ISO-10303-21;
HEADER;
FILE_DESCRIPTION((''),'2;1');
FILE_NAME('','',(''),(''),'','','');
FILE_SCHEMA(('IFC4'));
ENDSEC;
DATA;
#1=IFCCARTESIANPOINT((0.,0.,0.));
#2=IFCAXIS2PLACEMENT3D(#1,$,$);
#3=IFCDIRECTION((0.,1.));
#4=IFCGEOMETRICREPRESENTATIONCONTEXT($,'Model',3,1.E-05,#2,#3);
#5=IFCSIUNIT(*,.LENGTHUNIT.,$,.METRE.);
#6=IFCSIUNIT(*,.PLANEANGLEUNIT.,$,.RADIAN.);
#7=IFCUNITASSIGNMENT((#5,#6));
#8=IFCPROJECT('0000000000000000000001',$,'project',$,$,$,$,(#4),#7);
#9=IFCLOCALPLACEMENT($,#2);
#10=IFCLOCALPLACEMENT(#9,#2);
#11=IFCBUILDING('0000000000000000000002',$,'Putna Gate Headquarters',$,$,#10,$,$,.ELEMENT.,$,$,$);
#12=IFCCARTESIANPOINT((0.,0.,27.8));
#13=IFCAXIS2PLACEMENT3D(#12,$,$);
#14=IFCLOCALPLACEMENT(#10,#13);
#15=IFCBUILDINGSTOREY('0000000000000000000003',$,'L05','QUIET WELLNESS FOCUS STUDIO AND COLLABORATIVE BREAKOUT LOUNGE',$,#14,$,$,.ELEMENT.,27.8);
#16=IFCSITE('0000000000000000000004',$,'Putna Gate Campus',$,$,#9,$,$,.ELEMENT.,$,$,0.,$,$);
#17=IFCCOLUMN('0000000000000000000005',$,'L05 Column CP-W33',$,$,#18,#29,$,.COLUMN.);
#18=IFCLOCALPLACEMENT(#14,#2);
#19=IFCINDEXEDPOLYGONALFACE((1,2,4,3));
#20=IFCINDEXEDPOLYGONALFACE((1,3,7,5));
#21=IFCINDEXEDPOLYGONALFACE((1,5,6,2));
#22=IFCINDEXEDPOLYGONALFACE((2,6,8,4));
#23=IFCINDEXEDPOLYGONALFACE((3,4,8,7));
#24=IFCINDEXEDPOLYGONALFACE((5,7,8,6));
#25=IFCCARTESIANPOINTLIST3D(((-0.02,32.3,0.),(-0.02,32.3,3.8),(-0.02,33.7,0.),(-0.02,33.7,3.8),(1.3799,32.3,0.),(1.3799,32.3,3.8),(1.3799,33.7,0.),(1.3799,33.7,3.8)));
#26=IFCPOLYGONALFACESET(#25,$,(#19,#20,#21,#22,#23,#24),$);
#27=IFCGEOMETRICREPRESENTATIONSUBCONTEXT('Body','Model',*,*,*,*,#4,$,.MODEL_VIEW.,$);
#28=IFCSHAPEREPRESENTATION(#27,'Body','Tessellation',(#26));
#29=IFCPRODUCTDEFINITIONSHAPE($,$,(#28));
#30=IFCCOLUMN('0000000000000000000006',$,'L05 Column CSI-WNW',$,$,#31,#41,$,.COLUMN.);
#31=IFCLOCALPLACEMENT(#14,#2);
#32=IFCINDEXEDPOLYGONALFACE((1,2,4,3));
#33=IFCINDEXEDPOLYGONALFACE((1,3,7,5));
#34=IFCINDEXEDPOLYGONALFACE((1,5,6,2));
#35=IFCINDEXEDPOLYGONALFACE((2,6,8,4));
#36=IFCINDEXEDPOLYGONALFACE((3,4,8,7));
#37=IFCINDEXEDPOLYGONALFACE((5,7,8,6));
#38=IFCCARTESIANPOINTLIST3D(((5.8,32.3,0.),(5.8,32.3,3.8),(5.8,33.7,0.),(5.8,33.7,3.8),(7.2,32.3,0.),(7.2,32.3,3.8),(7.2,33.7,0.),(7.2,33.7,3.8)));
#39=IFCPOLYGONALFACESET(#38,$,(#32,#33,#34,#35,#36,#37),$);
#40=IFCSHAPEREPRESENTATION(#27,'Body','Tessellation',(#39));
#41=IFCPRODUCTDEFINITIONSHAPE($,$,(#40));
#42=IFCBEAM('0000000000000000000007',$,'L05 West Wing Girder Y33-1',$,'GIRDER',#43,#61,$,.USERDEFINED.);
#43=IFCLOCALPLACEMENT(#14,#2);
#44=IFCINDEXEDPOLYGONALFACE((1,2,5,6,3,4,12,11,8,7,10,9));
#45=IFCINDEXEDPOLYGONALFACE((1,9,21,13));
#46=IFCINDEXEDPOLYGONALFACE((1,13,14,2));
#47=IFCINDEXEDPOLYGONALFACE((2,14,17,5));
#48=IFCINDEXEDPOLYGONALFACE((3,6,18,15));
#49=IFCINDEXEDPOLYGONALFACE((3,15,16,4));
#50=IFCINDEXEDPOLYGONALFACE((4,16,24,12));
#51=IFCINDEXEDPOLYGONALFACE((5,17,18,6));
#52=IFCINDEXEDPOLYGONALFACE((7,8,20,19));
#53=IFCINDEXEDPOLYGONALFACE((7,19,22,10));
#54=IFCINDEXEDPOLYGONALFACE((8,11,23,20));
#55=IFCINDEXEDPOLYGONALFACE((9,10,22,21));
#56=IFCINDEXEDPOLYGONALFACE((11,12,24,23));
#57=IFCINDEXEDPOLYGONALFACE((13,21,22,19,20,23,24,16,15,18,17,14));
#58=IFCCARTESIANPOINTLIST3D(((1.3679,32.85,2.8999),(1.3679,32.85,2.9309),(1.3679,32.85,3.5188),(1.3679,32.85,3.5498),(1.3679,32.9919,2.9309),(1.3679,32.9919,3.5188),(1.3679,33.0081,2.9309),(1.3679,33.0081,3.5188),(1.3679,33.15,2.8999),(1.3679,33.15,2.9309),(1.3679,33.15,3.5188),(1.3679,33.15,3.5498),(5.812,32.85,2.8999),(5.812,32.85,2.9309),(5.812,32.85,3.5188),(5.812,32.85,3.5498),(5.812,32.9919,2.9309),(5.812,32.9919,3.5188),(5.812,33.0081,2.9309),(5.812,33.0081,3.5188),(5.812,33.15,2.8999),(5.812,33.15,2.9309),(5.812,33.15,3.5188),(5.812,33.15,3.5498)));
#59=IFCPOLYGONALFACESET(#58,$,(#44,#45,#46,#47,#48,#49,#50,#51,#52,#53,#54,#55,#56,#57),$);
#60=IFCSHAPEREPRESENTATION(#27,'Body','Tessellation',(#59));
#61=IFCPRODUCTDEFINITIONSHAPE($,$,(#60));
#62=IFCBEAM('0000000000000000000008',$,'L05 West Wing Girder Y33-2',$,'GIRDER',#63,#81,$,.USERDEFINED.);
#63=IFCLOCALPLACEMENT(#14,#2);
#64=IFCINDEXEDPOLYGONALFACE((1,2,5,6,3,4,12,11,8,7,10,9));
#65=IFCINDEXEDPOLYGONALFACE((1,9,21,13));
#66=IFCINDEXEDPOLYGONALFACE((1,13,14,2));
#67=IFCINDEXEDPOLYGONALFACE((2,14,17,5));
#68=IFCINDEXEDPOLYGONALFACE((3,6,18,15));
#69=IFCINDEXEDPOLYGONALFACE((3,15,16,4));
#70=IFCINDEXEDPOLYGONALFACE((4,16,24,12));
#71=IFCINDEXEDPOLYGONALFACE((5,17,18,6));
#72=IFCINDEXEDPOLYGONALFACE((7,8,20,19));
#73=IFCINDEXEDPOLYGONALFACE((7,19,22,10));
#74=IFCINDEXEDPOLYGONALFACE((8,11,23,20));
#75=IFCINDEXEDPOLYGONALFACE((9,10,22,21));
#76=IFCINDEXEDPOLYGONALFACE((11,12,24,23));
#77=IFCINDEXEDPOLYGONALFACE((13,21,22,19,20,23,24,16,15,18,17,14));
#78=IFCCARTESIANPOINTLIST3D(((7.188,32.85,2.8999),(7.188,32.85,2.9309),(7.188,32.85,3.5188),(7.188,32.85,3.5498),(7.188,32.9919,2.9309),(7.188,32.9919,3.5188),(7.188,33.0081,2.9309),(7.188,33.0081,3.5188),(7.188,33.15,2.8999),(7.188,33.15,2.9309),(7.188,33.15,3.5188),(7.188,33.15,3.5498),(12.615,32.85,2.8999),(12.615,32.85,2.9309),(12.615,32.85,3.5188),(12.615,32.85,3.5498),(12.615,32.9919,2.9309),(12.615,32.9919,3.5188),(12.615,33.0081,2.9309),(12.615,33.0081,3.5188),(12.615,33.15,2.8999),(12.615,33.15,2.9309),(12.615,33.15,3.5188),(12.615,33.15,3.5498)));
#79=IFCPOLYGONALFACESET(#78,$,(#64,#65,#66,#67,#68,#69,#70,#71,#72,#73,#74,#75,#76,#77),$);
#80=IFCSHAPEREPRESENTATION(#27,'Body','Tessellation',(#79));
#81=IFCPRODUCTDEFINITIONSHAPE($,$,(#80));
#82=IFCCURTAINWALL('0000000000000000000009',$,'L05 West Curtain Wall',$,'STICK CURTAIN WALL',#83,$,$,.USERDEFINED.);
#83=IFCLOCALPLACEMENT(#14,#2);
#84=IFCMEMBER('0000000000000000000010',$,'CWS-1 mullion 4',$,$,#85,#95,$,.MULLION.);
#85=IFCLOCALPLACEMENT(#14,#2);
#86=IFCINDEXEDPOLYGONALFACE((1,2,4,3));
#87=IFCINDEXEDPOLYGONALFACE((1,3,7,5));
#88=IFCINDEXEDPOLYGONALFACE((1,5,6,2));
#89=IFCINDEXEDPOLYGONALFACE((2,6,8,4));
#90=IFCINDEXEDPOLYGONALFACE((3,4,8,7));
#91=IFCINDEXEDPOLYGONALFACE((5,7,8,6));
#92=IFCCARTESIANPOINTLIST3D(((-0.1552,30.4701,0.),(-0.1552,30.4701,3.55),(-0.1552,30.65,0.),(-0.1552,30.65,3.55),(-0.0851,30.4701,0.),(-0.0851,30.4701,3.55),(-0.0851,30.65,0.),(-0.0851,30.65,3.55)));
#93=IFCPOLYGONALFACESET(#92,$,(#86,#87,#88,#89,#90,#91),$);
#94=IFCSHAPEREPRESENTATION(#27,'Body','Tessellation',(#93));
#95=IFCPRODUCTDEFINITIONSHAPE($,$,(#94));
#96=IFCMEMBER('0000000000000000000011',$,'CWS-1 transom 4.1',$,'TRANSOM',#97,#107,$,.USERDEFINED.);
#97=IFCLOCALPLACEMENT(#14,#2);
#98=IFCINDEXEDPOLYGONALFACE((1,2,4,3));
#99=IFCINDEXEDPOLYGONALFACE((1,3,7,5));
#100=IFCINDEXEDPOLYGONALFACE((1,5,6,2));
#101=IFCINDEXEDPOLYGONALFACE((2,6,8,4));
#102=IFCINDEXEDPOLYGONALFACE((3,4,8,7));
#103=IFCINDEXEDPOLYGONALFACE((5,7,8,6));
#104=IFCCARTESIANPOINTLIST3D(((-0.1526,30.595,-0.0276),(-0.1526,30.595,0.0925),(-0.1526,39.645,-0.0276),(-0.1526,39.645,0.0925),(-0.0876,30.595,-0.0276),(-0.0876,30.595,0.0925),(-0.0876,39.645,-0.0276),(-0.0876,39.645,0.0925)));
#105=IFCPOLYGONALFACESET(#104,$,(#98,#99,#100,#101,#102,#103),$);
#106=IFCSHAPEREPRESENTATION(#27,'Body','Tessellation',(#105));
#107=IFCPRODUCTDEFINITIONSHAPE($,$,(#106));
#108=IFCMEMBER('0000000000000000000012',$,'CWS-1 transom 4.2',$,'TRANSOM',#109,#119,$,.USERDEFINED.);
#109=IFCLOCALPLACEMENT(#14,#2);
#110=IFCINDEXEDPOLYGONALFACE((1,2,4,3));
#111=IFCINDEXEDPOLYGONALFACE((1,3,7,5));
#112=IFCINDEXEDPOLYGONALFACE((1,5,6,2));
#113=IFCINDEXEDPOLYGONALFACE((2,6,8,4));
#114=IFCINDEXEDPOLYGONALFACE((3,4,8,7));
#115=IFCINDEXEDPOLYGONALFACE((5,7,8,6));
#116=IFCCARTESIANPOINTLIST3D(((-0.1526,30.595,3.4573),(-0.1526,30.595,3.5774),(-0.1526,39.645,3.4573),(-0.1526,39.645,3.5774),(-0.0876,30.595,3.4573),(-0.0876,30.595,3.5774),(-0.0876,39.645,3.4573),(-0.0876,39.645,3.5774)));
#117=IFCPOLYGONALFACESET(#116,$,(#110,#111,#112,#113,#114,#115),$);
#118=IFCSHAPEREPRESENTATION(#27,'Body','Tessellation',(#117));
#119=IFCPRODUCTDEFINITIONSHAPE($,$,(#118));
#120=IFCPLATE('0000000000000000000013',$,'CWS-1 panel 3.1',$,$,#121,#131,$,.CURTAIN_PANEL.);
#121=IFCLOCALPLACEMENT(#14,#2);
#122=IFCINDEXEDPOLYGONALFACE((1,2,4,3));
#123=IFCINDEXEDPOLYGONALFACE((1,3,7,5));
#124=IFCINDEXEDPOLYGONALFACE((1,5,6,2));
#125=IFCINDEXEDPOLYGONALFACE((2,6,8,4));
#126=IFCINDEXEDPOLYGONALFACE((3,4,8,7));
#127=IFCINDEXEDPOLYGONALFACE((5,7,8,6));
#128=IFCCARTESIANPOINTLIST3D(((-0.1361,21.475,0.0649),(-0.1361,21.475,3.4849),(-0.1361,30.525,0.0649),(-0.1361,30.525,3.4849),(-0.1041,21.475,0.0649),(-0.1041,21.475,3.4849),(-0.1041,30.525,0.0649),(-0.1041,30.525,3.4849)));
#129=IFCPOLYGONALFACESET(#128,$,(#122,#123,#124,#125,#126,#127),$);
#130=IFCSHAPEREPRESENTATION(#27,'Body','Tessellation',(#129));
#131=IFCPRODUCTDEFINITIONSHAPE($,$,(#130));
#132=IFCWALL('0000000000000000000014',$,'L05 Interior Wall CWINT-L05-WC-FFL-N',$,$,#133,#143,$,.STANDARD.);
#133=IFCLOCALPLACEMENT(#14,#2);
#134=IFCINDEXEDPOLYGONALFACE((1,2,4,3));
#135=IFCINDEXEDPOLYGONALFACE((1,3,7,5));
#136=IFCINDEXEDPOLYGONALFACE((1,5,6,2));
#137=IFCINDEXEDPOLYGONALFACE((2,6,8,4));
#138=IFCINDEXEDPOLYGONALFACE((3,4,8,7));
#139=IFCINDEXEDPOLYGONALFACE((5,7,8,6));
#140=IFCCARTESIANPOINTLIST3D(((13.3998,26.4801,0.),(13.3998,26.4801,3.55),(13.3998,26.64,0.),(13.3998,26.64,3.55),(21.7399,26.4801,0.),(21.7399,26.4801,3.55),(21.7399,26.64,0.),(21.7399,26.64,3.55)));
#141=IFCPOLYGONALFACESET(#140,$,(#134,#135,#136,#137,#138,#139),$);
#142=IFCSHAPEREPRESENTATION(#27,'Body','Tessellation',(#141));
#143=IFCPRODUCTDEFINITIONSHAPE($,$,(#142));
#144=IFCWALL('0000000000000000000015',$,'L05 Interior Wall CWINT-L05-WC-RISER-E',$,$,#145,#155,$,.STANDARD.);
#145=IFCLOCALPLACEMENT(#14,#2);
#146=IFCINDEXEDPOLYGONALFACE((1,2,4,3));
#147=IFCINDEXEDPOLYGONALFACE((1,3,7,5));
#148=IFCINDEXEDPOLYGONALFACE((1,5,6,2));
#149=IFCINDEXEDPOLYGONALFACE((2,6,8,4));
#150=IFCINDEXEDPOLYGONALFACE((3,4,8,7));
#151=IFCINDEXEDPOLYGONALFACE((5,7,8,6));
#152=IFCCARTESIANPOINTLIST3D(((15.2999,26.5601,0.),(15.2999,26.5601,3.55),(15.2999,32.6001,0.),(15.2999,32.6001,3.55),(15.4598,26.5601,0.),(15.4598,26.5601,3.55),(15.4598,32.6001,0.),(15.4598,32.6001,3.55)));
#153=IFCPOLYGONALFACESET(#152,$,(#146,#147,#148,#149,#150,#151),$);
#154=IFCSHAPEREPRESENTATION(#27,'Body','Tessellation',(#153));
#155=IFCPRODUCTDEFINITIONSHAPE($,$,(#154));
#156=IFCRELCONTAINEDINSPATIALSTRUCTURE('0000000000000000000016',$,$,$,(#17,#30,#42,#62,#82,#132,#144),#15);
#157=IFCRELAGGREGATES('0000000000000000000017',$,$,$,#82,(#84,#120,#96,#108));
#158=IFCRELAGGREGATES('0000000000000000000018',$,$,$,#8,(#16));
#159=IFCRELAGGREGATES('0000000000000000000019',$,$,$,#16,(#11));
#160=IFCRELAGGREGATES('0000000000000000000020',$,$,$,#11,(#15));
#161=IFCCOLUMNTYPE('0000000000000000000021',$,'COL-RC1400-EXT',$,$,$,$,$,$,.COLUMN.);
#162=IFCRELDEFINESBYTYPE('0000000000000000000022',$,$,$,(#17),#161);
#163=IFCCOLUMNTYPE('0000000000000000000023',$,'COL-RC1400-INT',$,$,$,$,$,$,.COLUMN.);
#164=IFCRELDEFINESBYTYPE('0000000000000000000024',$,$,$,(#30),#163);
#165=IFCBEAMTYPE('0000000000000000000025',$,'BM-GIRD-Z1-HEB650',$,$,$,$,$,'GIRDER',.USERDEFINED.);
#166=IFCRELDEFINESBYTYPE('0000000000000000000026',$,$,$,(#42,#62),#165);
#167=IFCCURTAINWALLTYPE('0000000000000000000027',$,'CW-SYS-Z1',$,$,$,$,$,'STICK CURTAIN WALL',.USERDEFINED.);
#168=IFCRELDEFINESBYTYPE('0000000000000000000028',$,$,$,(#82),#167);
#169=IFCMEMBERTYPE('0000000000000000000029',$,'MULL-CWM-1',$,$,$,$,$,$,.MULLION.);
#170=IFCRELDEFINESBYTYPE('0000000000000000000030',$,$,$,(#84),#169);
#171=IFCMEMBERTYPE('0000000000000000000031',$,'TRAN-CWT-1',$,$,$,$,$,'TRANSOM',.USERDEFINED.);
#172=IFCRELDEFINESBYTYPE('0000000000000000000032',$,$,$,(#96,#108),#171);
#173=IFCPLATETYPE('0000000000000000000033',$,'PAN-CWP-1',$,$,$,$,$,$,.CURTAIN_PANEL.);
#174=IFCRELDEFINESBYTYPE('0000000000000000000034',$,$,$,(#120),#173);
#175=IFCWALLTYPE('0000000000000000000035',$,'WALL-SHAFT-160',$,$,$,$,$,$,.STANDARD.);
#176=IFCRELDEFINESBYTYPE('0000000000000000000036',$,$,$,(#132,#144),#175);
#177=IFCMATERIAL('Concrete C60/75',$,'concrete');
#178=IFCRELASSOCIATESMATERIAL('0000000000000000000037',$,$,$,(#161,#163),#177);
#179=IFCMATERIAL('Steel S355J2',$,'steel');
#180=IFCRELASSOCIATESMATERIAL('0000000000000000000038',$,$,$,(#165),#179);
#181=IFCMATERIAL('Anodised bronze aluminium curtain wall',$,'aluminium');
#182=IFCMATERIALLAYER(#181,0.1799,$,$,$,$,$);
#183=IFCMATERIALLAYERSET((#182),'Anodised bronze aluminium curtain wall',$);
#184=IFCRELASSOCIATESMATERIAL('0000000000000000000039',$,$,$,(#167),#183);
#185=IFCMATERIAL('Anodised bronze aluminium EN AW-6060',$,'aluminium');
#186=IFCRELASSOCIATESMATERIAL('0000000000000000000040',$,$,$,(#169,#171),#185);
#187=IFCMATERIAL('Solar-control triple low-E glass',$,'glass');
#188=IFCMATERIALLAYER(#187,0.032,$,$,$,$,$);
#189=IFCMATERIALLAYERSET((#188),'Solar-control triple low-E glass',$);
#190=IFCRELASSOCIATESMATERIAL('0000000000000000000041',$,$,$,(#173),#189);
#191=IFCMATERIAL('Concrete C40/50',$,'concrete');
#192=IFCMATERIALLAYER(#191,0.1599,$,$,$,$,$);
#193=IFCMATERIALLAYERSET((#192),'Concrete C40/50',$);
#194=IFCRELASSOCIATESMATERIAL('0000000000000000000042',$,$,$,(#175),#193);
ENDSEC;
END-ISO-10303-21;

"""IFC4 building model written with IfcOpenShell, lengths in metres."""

from ifc_helpers import new_model, si_unit, direction, frame, frame_2d, origin, origin_2d, place, context, subcontext, project, spatial, rectangle, i_section, extrude, material, layer, layer_set, material_profile, profile_set, type_object, element, aggregate, save


model = new_model("IFC4")

# Units and contexts
model_context = context("Model", 3, precision=1e-05, world=origin(), true_north=direction((0.0, 1.0)))
body_context = subcontext(model_context, "Body", "Model", "MODEL_VIEW")
ifc_project = project(units=[si_unit("LENGTHUNIT", "METRE"), si_unit("PLANEANGLEUNIT", "RADIAN")], contexts=[model_context])

# Site, building, storey
site_placement = place(None, origin())
site = spatial("IfcSite", under=ifc_project, at=site_placement, Name="Putna Gate Campus", CompositionType="ELEMENT", RefElevation=0.0)
building_placement = place(site_placement, origin())
building = spatial("IfcBuilding", under=site, at=building_placement, Name="Putna Gate Headquarters", CompositionType="ELEMENT")
storey_placement = place(building_placement, frame((0.0, 0.0, 27.8)))
storey = spatial("IfcBuildingStorey", under=building, at=storey_placement, Name="L05", Description="QUIET WELLNESS FOCUS STUDIO AND COLLABORATIVE BREAKOUT LOUNGE", CompositionType="ELEMENT", Elevation=27.8)

# Columns
ifc_material_1 = material(Name="Concrete C60/75", Category="concrete")
ifc_material_profile_1 = material_profile(ifc_material_1, rectangle(XDim=1.3999, YDim=1.3999, at=origin_2d()), Name="Concrete C60/75")
ifc_profile_set_1 = profile_set([ifc_material_profile_1], Name="Concrete C60/75")
column_type_1 = type_object("IfcColumnType", Name="COL-RC1400-EXT", PredefinedType="COLUMN", material=ifc_profile_set_1)
column_1_placement = place(storey_placement, frame((0.6799, 33.0, 0.0), z_axis=(0.0, 0.0, 1.0), x_axis=(1.0, 0.0, 0.0)))
element("IfcColumn", 1, at=column_1_placement, inside=storey, type_object=column_type_1, Name="L05 Column CP-W33", PredefinedType="COLUMN", context=body_context, shape_type="SweptSolid", body=[
    extrude(rectangle(XDim=1.3999, YDim=1.3999, at=origin_2d()), origin(), (0.0, 0.0, 1.0), 3.8),
])
ifc_material_profile_2 = material_profile(ifc_material_1, rectangle(XDim=1.3999, YDim=1.3999, at=origin_2d()), Name="Concrete C60/75")
ifc_profile_set_2 = profile_set([ifc_material_profile_2], Name="Concrete C60/75")
column_type_2 = type_object("IfcColumnType", Name="COL-RC1400-INT", PredefinedType="COLUMN", material=ifc_profile_set_2)
column_2_placement = place(storey_placement, frame((6.5, 33.0, 0.0), z_axis=(0.0, 0.0, 1.0), x_axis=(1.0, 0.0, 0.0)))
element("IfcColumn", 2, at=column_2_placement, inside=storey, type_object=column_type_2, Name="L05 Column CSI-WNW", PredefinedType="COLUMN", context=body_context, shape_type="SweptSolid", body=[
    extrude(rectangle(XDim=1.3999, YDim=1.3999, at=origin_2d()), origin(), (0.0, 0.0, 1.0), 3.8),
])

# Beams
ifc_material_2 = material(Name="Steel S355J2", Category="steel")
ifc_material_profile_3 = material_profile(ifc_material_2, i_section(OverallWidth=0.3, OverallDepth=0.6499, WebThickness=0.0161, FlangeThickness=0.031, at=origin_2d()), Name="Steel S355J2")
ifc_profile_set_3 = profile_set([ifc_material_profile_3], Name="Steel S355J2")
beam_type = type_object("IfcBeamType", Name="BM-GIRD-Z1-HEB650", ElementType="GIRDER", PredefinedType="USERDEFINED", material=ifc_profile_set_3)
beam_1_placement = place(storey_placement, frame((1.3679, 33.0, 3.2249), z_axis=(1.0, 0.0, 0.0), x_axis=(0.0, 1.0, 0.0)))
element("IfcBeam", 3, at=beam_1_placement, inside=storey, type_object=beam_type, Name="L05 West Wing Girder Y33-1", ObjectType="GIRDER", PredefinedType="USERDEFINED", context=body_context, shape_type="SweptSolid", body=[
    extrude(i_section(OverallWidth=0.3, OverallDepth=0.6499, WebThickness=0.0161, FlangeThickness=0.031, at=origin_2d()), origin(), (0.0, 0.0, 1.0), 4.4441),
])
beam_2_placement = place(storey_placement, frame((7.188, 33.0, 3.2249), z_axis=(1.0, 0.0, 0.0), x_axis=(0.0, 1.0, 0.0)))
element("IfcBeam", 4, at=beam_2_placement, inside=storey, type_object=beam_type, Name="L05 West Wing Girder Y33-2", ObjectType="GIRDER", PredefinedType="USERDEFINED", context=body_context, shape_type="SweptSolid", body=[
    extrude(i_section(OverallWidth=0.3, OverallDepth=0.6499, WebThickness=0.0161, FlangeThickness=0.031, at=origin_2d()), origin(), (0.0, 0.0, 1.0), 5.427),
])

# Curtain wall, members, plate
ifc_material_3 = material(Name="Anodised bronze aluminium curtain wall", Category="aluminium")
ifc_layer_1 = layer(ifc_material_3, 0.1799)
ifc_layer_set_1 = layer_set([ifc_layer_1], Name="Anodised bronze aluminium curtain wall")
curtain_wall_type = type_object("IfcCurtainWallType", Name="CW-SYS-Z1", ElementType="STICK CURTAIN WALL", PredefinedType="USERDEFINED", material=ifc_layer_set_1)
curtain_wall_placement = place(storey_placement, origin())
curtain_wall = element("IfcCurtainWall", 5, at=curtain_wall_placement, inside=storey, type_object=curtain_wall_type, Name="L05 West Curtain Wall", ObjectType="STICK CURTAIN WALL", PredefinedType="USERDEFINED")
ifc_material_4 = material(Name="Anodised bronze aluminium EN AW-6060", Category="aluminium")
ifc_material_profile_4 = material_profile(ifc_material_4, rectangle(XDim=0.0701, YDim=0.1799, at=origin_2d()), Name="Anodised bronze aluminium EN AW-6060")
ifc_profile_set_4 = profile_set([ifc_material_profile_4], Name="Anodised bronze aluminium EN AW-6060")
member_type_1 = type_object("IfcMemberType", Name="MULL-CWM-1", PredefinedType="MULLION", material=ifc_profile_set_4)
member_1_placement = place(storey_placement, frame((-0.1201, 30.5601, 0.0), z_axis=(0.0, 0.0, 1.0), x_axis=(-1.0, 0.0, 0.0)))
member_1 = element("IfcMember", 6, at=member_1_placement, type_object=member_type_1, Name="CWS-1 mullion 4", PredefinedType="MULLION", context=body_context, shape_type="SweptSolid", body=[
    extrude(rectangle(XDim=0.0701, YDim=0.1799, at=origin_2d()), origin(), (0.0, 0.0, 1.0), 3.55),
])
ifc_material_profile_5 = material_profile(ifc_material_4, rectangle(XDim=0.0649, YDim=0.1201, at=origin_2d()), Name="Anodised bronze aluminium EN AW-6060")
ifc_profile_set_5 = profile_set([ifc_material_profile_5], Name="Anodised bronze aluminium EN AW-6060")
member_type_2 = type_object("IfcMemberType", Name="TRAN-CWT-1", ElementType="TRANSOM", PredefinedType="USERDEFINED", material=ifc_profile_set_5)
member_2_placement = place(storey_placement, frame((-0.1201, 30.595, 0.0325), z_axis=(0.0, 1.0, 0.0), x_axis=(-1.0, 0.0, 0.0)))
member_2 = element("IfcMember", 7, at=member_2_placement, type_object=member_type_2, Name="CWS-1 transom 4.1", ObjectType="TRANSOM", PredefinedType="USERDEFINED", context=body_context, shape_type="SweptSolid", body=[
    extrude(rectangle(XDim=0.0649, YDim=0.1201, at=origin_2d()), origin(), (0.0, 0.0, 1.0), 9.05),
])
member_3_placement = place(storey_placement, frame((-0.1201, 30.595, 3.5173), z_axis=(0.0, 1.0, 0.0), x_axis=(-1.0, 0.0, 0.0)))
member_3 = element("IfcMember", 8, at=member_3_placement, type_object=member_type_2, Name="CWS-1 transom 4.2", ObjectType="TRANSOM", PredefinedType="USERDEFINED", context=body_context, shape_type="SweptSolid", body=[
    extrude(rectangle(XDim=0.0649, YDim=0.1201, at=origin_2d()), origin(), (0.0, 0.0, 1.0), 9.05),
])
ifc_material_5 = material(Name="Solar-control triple low-E glass", Category="glass")
ifc_layer_2 = layer(ifc_material_5, 0.032)
ifc_layer_set_2 = layer_set([ifc_layer_2], Name="Solar-control triple low-E glass")
plate_type = type_object("IfcPlateType", Name="PAN-CWP-1", PredefinedType="CURTAIN_PANEL", material=ifc_layer_set_2)
plate_placement = place(storey_placement, frame((-0.1201, 26.0, 0.0649), z_axis=(0.0, 0.0, 1.0), x_axis=(0.0, 1.0, 0.0)))
plate = element("IfcPlate", 9, at=plate_placement, type_object=plate_type, Name="CWS-1 panel 3.1", PredefinedType="CURTAIN_PANEL", context=body_context, shape_type="SweptSolid", body=[
    extrude(rectangle(XDim=9.05, YDim=0.032, at=origin_2d()), origin(), (0.0, 0.0, 1.0), 3.4199),
])
aggregate(curtain_wall, [member_1, plate, member_2, member_3])

# Walls
ifc_material_6 = material(Name="Concrete C40/50", Category="concrete")
ifc_layer_3 = layer(ifc_material_6, 0.1599)
ifc_layer_set_3 = layer_set([ifc_layer_3], Name="Concrete C40/50")
wall_type_1 = type_object("IfcWallType", Name="WALL-SHAFT-160", PredefinedType="STANDARD", material=ifc_layer_set_3)
wall_1_placement = place(storey_placement, frame((13.3999, 26.5601, 0.0), z_axis=(0.0, 0.0, 1.0), x_axis=(1.0, 0.0, 0.0)))
element("IfcWall", 10, at=wall_1_placement, inside=storey, type_object=wall_type_1, Name="L05 Interior Wall CWINT-L05-WC-FFL-N", PredefinedType="STANDARD", context=body_context, shape_type="SweptSolid", body=[
    extrude(rectangle(XDim=8.3401, YDim=0.1599, at=frame_2d((4.1699, 0.0))), origin(), (0.0, 0.0, 1.0), 3.55),
])
wall_2_placement = place(storey_placement, frame((15.3799, 26.5601, 0.0), z_axis=(0.0, 0.0, 1.0), x_axis=(0.0, 1.0, 0.0)))
element("IfcWall", 11, at=wall_2_placement, inside=storey, type_object=wall_type_1, Name="L05 Interior Wall CWINT-L05-WC-RISER-E", PredefinedType="STANDARD", context=body_context, shape_type="SweptSolid", body=[
    extrude(rectangle(XDim=6.04, YDim=0.1599, at=frame_2d((3.02, 0.0))), origin(), (0.0, 0.0, 1.0), 3.55),
])

save(model, "model.ifc")
